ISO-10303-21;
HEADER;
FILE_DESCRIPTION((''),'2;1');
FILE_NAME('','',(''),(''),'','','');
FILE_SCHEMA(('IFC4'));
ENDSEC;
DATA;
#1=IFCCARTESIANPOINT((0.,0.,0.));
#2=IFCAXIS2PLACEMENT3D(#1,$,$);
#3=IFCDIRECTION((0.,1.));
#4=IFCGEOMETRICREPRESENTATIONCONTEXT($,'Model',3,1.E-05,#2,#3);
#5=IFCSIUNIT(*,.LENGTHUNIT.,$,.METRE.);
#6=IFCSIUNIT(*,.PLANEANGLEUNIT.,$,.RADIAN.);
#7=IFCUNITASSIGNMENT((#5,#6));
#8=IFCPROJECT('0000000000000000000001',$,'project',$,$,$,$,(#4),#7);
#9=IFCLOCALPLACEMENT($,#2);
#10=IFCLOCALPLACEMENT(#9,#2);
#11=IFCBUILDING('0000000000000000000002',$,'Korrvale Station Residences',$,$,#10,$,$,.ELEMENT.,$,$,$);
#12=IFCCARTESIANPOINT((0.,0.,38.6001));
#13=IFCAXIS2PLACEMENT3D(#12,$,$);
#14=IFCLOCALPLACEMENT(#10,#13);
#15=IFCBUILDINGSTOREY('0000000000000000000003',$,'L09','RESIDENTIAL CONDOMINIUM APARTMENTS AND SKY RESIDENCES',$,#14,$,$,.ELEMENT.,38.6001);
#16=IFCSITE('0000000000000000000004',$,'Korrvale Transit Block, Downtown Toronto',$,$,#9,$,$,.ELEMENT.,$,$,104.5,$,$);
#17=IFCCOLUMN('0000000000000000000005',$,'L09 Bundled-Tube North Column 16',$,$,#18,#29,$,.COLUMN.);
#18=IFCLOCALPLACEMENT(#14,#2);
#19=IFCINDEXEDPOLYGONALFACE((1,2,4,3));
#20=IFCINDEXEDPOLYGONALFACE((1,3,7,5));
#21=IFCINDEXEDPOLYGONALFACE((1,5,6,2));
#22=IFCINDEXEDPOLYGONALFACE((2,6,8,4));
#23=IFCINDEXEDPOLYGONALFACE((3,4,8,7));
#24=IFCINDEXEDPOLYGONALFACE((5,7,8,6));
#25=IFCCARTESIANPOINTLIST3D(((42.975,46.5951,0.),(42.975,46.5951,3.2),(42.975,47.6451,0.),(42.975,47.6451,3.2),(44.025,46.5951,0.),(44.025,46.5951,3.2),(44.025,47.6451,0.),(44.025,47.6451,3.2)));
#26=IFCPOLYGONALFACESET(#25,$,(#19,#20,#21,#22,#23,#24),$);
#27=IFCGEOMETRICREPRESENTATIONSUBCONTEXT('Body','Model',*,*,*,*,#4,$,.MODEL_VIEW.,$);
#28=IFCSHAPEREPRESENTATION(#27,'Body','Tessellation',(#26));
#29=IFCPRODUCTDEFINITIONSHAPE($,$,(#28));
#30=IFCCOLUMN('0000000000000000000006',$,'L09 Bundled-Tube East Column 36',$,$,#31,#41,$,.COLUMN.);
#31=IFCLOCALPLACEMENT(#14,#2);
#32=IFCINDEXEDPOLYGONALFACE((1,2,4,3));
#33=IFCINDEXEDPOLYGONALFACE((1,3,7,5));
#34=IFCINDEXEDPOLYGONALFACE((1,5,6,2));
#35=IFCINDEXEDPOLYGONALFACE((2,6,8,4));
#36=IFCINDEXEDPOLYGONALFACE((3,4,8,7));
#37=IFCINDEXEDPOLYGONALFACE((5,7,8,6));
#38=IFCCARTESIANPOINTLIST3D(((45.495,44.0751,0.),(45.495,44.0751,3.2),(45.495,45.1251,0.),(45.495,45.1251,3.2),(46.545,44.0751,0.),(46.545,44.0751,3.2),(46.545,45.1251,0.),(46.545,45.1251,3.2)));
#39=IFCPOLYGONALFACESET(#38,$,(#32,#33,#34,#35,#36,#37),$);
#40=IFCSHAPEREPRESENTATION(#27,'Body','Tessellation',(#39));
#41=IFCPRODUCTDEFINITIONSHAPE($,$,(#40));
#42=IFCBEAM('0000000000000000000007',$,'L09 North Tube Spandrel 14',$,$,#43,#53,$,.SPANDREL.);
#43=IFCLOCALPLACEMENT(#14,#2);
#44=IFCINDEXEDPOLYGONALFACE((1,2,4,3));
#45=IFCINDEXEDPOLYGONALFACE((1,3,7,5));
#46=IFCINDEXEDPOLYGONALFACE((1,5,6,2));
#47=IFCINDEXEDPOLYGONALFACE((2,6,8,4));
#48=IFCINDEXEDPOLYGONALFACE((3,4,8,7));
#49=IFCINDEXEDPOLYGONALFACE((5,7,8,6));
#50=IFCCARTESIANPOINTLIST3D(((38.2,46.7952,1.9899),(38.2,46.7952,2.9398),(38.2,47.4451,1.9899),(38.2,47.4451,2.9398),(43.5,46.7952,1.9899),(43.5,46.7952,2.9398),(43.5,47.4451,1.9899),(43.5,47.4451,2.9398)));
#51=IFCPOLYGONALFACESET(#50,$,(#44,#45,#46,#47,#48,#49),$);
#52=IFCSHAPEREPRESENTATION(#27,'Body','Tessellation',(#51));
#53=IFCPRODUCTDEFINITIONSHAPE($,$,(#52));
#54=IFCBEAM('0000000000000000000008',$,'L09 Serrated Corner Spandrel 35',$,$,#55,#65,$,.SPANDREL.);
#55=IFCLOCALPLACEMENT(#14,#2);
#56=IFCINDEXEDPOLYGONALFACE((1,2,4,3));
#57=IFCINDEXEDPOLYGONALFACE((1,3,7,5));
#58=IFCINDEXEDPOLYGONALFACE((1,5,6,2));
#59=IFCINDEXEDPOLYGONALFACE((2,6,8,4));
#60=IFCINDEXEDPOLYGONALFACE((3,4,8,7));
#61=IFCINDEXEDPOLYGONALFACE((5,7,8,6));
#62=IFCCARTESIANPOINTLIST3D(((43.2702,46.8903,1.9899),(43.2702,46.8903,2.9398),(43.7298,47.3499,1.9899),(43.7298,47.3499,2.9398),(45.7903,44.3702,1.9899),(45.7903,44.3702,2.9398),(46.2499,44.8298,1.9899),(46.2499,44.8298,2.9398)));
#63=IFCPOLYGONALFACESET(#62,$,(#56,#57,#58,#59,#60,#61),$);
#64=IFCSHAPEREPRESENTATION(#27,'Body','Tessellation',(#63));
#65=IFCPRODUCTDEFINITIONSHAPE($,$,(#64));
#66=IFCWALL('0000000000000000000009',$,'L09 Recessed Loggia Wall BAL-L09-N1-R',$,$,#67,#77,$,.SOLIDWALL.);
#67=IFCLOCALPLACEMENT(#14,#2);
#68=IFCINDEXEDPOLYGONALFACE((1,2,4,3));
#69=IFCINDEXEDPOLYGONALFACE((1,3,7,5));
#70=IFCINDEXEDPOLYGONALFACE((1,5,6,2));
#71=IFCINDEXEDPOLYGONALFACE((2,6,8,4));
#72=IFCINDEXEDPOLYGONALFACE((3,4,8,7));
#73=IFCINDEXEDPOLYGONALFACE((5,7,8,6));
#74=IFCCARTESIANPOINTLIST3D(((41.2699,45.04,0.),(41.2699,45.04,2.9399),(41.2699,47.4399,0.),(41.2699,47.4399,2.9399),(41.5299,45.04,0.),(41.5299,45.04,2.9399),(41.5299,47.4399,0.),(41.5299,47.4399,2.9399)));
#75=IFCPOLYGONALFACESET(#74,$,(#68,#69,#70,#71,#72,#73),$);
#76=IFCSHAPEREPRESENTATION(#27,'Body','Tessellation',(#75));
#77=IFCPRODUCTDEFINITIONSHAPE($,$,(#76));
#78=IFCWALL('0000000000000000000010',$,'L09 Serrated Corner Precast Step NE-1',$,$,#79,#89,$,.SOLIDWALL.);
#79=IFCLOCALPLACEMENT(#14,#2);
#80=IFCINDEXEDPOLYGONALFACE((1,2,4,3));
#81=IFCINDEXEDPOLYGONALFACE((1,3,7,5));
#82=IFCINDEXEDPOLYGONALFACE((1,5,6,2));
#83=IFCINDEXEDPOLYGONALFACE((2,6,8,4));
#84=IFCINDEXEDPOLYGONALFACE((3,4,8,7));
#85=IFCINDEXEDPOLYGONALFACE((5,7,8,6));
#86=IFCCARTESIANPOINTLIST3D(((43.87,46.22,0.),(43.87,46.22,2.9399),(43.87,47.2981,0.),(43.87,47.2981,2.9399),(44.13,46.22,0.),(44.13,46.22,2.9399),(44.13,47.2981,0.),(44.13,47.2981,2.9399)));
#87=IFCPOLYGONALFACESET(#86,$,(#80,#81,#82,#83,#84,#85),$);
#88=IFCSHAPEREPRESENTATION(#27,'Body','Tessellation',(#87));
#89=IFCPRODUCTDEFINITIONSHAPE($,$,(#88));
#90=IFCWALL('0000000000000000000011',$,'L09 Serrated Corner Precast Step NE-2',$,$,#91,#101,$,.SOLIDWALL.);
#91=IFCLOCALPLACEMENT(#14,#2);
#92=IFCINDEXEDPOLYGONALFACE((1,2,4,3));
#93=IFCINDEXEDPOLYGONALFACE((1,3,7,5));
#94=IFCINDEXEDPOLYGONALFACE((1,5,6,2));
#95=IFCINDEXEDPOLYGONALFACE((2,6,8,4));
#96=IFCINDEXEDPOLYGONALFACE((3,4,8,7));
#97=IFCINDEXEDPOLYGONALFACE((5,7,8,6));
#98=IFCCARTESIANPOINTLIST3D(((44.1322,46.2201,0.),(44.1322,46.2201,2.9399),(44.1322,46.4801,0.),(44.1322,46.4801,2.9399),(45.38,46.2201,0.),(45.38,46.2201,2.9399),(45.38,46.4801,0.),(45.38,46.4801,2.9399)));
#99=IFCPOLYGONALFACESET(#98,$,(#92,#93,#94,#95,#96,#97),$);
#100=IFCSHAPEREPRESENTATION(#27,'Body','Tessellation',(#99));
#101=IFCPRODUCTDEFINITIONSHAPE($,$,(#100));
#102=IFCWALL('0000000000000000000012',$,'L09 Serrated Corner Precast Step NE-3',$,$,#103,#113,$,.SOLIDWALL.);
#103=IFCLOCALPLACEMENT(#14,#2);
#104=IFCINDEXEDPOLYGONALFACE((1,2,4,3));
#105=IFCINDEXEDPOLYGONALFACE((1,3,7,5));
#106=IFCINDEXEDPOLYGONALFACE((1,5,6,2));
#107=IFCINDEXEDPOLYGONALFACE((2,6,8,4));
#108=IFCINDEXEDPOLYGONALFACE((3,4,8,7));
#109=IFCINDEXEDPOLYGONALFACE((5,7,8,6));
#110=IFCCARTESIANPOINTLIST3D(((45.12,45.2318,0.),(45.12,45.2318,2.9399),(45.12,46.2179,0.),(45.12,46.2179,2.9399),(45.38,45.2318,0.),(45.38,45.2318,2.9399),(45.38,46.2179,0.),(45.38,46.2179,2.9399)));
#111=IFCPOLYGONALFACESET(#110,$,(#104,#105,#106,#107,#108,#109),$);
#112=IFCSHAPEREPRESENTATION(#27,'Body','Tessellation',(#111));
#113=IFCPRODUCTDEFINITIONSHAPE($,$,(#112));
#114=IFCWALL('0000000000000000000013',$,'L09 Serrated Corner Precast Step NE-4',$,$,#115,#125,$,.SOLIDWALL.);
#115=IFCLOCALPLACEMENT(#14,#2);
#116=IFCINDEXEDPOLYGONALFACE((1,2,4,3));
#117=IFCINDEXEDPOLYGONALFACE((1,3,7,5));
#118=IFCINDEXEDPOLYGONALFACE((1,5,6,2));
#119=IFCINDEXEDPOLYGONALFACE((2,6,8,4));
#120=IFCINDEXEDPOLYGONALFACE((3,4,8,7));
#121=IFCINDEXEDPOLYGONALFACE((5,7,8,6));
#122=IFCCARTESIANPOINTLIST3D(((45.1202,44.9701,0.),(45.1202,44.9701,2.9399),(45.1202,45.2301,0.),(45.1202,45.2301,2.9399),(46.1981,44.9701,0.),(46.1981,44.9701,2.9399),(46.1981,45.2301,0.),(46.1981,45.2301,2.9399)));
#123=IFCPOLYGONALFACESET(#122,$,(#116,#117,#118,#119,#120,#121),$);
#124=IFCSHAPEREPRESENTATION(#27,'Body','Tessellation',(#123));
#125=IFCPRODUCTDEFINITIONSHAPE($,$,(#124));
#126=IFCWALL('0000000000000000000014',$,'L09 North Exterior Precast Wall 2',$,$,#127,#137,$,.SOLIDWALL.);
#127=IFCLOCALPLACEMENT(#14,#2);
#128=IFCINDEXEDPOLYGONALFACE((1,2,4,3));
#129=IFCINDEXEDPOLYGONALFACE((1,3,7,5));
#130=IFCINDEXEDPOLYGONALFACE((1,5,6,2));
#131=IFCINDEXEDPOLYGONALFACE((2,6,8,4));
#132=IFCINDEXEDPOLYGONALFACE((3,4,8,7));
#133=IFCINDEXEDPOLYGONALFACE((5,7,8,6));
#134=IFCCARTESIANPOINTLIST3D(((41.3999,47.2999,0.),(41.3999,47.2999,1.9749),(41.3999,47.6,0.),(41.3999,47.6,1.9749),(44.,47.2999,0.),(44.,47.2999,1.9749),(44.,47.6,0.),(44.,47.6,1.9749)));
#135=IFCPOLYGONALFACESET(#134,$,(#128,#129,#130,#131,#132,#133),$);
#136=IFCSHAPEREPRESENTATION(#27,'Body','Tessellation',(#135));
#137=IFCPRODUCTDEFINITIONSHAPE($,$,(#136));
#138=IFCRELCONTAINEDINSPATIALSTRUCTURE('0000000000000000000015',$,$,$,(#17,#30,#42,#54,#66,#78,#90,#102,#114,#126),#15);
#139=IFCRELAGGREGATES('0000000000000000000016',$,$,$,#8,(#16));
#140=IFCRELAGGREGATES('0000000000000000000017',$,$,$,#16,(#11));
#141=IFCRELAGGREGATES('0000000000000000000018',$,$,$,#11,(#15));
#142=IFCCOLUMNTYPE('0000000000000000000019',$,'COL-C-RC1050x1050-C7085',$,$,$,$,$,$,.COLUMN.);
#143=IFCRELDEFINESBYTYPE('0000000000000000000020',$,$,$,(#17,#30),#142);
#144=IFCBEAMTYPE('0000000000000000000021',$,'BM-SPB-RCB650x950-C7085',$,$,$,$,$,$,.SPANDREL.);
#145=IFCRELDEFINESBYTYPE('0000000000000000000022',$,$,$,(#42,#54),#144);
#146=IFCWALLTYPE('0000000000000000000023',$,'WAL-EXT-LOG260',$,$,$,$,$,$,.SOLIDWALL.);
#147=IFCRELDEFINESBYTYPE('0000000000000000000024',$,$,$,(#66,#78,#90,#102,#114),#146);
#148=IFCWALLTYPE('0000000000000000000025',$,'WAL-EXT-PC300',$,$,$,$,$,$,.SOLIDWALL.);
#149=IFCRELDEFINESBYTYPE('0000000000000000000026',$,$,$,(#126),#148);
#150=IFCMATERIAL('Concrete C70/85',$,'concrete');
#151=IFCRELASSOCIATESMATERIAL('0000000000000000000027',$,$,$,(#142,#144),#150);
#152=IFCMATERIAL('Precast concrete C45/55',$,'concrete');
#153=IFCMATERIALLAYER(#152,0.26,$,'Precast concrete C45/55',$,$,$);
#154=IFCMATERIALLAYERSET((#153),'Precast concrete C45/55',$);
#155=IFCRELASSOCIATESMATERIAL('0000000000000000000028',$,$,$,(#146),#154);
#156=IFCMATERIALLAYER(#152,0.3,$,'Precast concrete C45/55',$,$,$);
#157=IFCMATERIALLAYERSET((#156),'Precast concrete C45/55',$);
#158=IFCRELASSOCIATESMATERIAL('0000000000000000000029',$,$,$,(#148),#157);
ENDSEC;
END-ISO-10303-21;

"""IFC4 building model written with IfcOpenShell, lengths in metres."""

from ifc_helpers import new_model, si_unit, direction, frame, frame_2d, origin, origin_2d, place, context, subcontext, project, spatial, rectangle, extrude, material, layer, layer_set, material_profile, profile_set, type_object, element, save


model = new_model("IFC4")

# Units and contexts
model_context = context("Model", 3, precision=1e-05, world=origin(), true_north=direction((0.0, 1.0)))
body_context = subcontext(model_context, "Body", "Model", "MODEL_VIEW")
ifc_project = project(units=[si_unit("LENGTHUNIT", "METRE"), si_unit("PLANEANGLEUNIT", "RADIAN")], contexts=[model_context])

# Site, building, storey
site_placement = place(None, origin())
site = spatial("IfcSite", under=ifc_project, at=site_placement, Name="Korrvale Transit Block, Downtown Toronto", CompositionType="ELEMENT", RefElevation=104.5)
building_placement = place(site_placement, origin())
building = spatial("IfcBuilding", under=site, at=building_placement, Name="Korrvale Station Residences", CompositionType="ELEMENT")
storey_placement = place(building_placement, frame((0.0, 0.0, 38.6001)))
storey = spatial("IfcBuildingStorey", under=building, at=storey_placement, Name="L09", Description="RESIDENTIAL CONDOMINIUM APARTMENTS AND SKY RESIDENCES", CompositionType="ELEMENT", Elevation=38.6001)

# Columns
ifc_material_1 = material(Name="Concrete C70/85", Category="concrete")
ifc_material_profile_1 = material_profile(ifc_material_1, rectangle(XDim=1.05, YDim=1.05, at=origin_2d()), Name="RC1050x1050")
ifc_profile_set_1 = profile_set([ifc_material_profile_1], Name="Concrete C70/85")
column_type = type_object("IfcColumnType", Name="COL-C-RC1050x1050-C7085", PredefinedType="COLUMN", material=ifc_profile_set_1)
for number, where, z_axis, x_axis, name in (
    (1, (43.5, 47.1201, 0.0), (0.0, 0.0, 1.0), (1.0, 0.0, 0.0), "L09 Bundled-Tube North Column 16"),
    (2, (46.02, 44.6001, 0.0), (0.0, 0.0, 1.0), (1.0, 0.0, 0.0), "L09 Bundled-Tube East Column 36"),
):
    element("IfcColumn", number, at=place(storey_placement, frame(where, z_axis=z_axis, x_axis=x_axis)), inside=storey, type_object=column_type, Name=name, PredefinedType="COLUMN", context=body_context, shape_type="SweptSolid", body=[
        extrude(rectangle(XDim=1.05, YDim=1.05, at=origin_2d()), origin(), (0.0, 0.0, 1.0), 3.2),
    ])

# Beams
ifc_material_profile_2 = material_profile(ifc_material_1, rectangle(XDim=0.6499, YDim=0.95, at=origin_2d()), Name="RCB650x950")
ifc_profile_set_2 = profile_set([ifc_material_profile_2], Name="Concrete C70/85")
beam_type = type_object("IfcBeamType", Name="BM-SPB-RCB650x950-C7085", PredefinedType="SPANDREL", material=ifc_profile_set_2)
beam_1_placement = place(storey_placement, frame((38.2, 47.1201, 2.4648), z_axis=(1.0, 0.0, 0.0), x_axis=(0.0, 1.0, 0.0)))
element("IfcBeam", 3, at=beam_1_placement, inside=storey, type_object=beam_type, Name="L09 North Tube Spandrel 14", PredefinedType="SPANDREL", context=body_context, shape_type="SweptSolid", body=[
    extrude(rectangle(XDim=0.6499, YDim=0.95, at=origin_2d()), origin(), (0.0, 0.0, 1.0), 5.3),
])
beam_2_placement = place(storey_placement, frame((43.5, 47.1201, 2.4648), z_axis=(0.707107, -0.707107, 0.0), x_axis=(0.707107, 0.707107, 0.0)))
element("IfcBeam", 4, at=beam_2_placement, inside=storey, type_object=beam_type, Name="L09 Serrated Corner Spandrel 35", PredefinedType="SPANDREL", context=body_context, shape_type="SweptSolid", body=[
    extrude(rectangle(XDim=0.6499, YDim=0.95, at=origin_2d()), origin(), (0.0, 0.0, 1.0), 3.564),
])

# Walls
ifc_material_2 = material(Name="Precast concrete C45/55", Category="concrete")
ifc_layer_1 = layer(ifc_material_2, 0.26, Name="Precast concrete C45/55")
ifc_layer_set_1 = layer_set([ifc_layer_1], Name="Precast concrete C45/55")
wall_type_1 = type_object("IfcWallType", Name="WAL-EXT-LOG260", PredefinedType="SOLIDWALL", material=ifc_layer_set_1)
wall_1_placement = place(storey_placement, frame((41.3999, 45.04, 0.0), z_axis=(0.0, 0.0, 1.0), x_axis=(0.0, 1.0, 0.0)))
element("IfcWall", 5, at=wall_1_placement, inside=storey, type_object=wall_type_1, Name="L09 Recessed Loggia Wall BAL-L09-N1-R", PredefinedType="SOLIDWALL", context=body_context, shape_type="SweptSolid", body=[
    extrude(rectangle(XDim=2.3999, YDim=0.26, at=frame_2d((1.2, 0.0))), origin(), (0.0, 0.0, 1.0), 2.9399),
])
wall_2_placement = place(storey_placement, frame((44.0, 47.2981, 0.0), z_axis=(0.0, 0.0, 1.0), x_axis=(0.0, -1.0, 0.0)))
element("IfcWall", 6, at=wall_2_placement, inside=storey, type_object=wall_type_1, Name="L09 Serrated Corner Precast Step NE-1", PredefinedType="SOLIDWALL", context=body_context, shape_type="SweptSolid", body=[
    extrude(rectangle(XDim=1.0781, YDim=0.26, at=frame_2d((0.5391, 0.0))), origin(), (0.0, 0.0, 1.0), 2.9399),
])
wall_3_placement = place(storey_placement, frame((44.1321, 46.3501, 0.0), z_axis=(0.0, 0.0, 1.0), x_axis=(1.0, 0.0, 0.0)))
element("IfcWall", 7, at=wall_3_placement, inside=storey, type_object=wall_type_1, Name="L09 Serrated Corner Precast Step NE-2", PredefinedType="SOLIDWALL", context=body_context, shape_type="SweptSolid", body=[
    extrude(rectangle(XDim=1.2478, YDim=0.26, at=frame_2d((0.624, 0.0))), origin(), (0.0, 0.0, 1.0), 2.9399),
])
wall_4_placement = place(storey_placement, frame((45.25, 46.218, 0.0), z_axis=(0.0, 0.0, 1.0), x_axis=(0.0, -1.0, 0.0)))
element("IfcWall", 8, at=wall_4_placement, inside=storey, type_object=wall_type_1, Name="L09 Serrated Corner Precast Step NE-3", PredefinedType="SOLIDWALL", context=body_context, shape_type="SweptSolid", body=[
    extrude(rectangle(XDim=0.9861, YDim=0.26, at=frame_2d((0.4932, 0.0))), origin(), (0.0, 0.0, 1.0), 2.9399),
])
wall_5_placement = place(storey_placement, frame((45.1201, 45.1001, 0.0), z_axis=(0.0, 0.0, 1.0), x_axis=(1.0, 0.0, 0.0)))
element("IfcWall", 9, at=wall_5_placement, inside=storey, type_object=wall_type_1, Name="L09 Serrated Corner Precast Step NE-4", PredefinedType="SOLIDWALL", context=body_context, shape_type="SweptSolid", body=[
    extrude(rectangle(XDim=1.0779, YDim=0.26, at=frame_2d((0.5391, 0.0))), origin(), (0.0, 0.0, 1.0), 2.9399),
])
ifc_layer_2 = layer(ifc_material_2, 0.3, Name="Precast concrete C45/55")
ifc_layer_set_2 = layer_set([ifc_layer_2], Name="Precast concrete C45/55")
wall_type_2 = type_object("IfcWallType", Name="WAL-EXT-PC300", PredefinedType="SOLIDWALL", material=ifc_layer_set_2)
wall_6_placement = place(storey_placement, frame((41.3999, 47.45, 0.0), z_axis=(0.0, 0.0, 1.0), x_axis=(1.0, 0.0, 0.0)))
element("IfcWall", 10, at=wall_6_placement, inside=storey, type_object=wall_type_2, Name="L09 North Exterior Precast Wall 2", PredefinedType="SOLIDWALL", context=body_context, shape_type="SweptSolid", body=[
    extrude(rectangle(XDim=2.6001, YDim=0.3, at=frame_2d((1.3, 0.0))), origin(), (0.0, 0.0, 1.0), 1.9749),
])

save(model, "model.ifc")
